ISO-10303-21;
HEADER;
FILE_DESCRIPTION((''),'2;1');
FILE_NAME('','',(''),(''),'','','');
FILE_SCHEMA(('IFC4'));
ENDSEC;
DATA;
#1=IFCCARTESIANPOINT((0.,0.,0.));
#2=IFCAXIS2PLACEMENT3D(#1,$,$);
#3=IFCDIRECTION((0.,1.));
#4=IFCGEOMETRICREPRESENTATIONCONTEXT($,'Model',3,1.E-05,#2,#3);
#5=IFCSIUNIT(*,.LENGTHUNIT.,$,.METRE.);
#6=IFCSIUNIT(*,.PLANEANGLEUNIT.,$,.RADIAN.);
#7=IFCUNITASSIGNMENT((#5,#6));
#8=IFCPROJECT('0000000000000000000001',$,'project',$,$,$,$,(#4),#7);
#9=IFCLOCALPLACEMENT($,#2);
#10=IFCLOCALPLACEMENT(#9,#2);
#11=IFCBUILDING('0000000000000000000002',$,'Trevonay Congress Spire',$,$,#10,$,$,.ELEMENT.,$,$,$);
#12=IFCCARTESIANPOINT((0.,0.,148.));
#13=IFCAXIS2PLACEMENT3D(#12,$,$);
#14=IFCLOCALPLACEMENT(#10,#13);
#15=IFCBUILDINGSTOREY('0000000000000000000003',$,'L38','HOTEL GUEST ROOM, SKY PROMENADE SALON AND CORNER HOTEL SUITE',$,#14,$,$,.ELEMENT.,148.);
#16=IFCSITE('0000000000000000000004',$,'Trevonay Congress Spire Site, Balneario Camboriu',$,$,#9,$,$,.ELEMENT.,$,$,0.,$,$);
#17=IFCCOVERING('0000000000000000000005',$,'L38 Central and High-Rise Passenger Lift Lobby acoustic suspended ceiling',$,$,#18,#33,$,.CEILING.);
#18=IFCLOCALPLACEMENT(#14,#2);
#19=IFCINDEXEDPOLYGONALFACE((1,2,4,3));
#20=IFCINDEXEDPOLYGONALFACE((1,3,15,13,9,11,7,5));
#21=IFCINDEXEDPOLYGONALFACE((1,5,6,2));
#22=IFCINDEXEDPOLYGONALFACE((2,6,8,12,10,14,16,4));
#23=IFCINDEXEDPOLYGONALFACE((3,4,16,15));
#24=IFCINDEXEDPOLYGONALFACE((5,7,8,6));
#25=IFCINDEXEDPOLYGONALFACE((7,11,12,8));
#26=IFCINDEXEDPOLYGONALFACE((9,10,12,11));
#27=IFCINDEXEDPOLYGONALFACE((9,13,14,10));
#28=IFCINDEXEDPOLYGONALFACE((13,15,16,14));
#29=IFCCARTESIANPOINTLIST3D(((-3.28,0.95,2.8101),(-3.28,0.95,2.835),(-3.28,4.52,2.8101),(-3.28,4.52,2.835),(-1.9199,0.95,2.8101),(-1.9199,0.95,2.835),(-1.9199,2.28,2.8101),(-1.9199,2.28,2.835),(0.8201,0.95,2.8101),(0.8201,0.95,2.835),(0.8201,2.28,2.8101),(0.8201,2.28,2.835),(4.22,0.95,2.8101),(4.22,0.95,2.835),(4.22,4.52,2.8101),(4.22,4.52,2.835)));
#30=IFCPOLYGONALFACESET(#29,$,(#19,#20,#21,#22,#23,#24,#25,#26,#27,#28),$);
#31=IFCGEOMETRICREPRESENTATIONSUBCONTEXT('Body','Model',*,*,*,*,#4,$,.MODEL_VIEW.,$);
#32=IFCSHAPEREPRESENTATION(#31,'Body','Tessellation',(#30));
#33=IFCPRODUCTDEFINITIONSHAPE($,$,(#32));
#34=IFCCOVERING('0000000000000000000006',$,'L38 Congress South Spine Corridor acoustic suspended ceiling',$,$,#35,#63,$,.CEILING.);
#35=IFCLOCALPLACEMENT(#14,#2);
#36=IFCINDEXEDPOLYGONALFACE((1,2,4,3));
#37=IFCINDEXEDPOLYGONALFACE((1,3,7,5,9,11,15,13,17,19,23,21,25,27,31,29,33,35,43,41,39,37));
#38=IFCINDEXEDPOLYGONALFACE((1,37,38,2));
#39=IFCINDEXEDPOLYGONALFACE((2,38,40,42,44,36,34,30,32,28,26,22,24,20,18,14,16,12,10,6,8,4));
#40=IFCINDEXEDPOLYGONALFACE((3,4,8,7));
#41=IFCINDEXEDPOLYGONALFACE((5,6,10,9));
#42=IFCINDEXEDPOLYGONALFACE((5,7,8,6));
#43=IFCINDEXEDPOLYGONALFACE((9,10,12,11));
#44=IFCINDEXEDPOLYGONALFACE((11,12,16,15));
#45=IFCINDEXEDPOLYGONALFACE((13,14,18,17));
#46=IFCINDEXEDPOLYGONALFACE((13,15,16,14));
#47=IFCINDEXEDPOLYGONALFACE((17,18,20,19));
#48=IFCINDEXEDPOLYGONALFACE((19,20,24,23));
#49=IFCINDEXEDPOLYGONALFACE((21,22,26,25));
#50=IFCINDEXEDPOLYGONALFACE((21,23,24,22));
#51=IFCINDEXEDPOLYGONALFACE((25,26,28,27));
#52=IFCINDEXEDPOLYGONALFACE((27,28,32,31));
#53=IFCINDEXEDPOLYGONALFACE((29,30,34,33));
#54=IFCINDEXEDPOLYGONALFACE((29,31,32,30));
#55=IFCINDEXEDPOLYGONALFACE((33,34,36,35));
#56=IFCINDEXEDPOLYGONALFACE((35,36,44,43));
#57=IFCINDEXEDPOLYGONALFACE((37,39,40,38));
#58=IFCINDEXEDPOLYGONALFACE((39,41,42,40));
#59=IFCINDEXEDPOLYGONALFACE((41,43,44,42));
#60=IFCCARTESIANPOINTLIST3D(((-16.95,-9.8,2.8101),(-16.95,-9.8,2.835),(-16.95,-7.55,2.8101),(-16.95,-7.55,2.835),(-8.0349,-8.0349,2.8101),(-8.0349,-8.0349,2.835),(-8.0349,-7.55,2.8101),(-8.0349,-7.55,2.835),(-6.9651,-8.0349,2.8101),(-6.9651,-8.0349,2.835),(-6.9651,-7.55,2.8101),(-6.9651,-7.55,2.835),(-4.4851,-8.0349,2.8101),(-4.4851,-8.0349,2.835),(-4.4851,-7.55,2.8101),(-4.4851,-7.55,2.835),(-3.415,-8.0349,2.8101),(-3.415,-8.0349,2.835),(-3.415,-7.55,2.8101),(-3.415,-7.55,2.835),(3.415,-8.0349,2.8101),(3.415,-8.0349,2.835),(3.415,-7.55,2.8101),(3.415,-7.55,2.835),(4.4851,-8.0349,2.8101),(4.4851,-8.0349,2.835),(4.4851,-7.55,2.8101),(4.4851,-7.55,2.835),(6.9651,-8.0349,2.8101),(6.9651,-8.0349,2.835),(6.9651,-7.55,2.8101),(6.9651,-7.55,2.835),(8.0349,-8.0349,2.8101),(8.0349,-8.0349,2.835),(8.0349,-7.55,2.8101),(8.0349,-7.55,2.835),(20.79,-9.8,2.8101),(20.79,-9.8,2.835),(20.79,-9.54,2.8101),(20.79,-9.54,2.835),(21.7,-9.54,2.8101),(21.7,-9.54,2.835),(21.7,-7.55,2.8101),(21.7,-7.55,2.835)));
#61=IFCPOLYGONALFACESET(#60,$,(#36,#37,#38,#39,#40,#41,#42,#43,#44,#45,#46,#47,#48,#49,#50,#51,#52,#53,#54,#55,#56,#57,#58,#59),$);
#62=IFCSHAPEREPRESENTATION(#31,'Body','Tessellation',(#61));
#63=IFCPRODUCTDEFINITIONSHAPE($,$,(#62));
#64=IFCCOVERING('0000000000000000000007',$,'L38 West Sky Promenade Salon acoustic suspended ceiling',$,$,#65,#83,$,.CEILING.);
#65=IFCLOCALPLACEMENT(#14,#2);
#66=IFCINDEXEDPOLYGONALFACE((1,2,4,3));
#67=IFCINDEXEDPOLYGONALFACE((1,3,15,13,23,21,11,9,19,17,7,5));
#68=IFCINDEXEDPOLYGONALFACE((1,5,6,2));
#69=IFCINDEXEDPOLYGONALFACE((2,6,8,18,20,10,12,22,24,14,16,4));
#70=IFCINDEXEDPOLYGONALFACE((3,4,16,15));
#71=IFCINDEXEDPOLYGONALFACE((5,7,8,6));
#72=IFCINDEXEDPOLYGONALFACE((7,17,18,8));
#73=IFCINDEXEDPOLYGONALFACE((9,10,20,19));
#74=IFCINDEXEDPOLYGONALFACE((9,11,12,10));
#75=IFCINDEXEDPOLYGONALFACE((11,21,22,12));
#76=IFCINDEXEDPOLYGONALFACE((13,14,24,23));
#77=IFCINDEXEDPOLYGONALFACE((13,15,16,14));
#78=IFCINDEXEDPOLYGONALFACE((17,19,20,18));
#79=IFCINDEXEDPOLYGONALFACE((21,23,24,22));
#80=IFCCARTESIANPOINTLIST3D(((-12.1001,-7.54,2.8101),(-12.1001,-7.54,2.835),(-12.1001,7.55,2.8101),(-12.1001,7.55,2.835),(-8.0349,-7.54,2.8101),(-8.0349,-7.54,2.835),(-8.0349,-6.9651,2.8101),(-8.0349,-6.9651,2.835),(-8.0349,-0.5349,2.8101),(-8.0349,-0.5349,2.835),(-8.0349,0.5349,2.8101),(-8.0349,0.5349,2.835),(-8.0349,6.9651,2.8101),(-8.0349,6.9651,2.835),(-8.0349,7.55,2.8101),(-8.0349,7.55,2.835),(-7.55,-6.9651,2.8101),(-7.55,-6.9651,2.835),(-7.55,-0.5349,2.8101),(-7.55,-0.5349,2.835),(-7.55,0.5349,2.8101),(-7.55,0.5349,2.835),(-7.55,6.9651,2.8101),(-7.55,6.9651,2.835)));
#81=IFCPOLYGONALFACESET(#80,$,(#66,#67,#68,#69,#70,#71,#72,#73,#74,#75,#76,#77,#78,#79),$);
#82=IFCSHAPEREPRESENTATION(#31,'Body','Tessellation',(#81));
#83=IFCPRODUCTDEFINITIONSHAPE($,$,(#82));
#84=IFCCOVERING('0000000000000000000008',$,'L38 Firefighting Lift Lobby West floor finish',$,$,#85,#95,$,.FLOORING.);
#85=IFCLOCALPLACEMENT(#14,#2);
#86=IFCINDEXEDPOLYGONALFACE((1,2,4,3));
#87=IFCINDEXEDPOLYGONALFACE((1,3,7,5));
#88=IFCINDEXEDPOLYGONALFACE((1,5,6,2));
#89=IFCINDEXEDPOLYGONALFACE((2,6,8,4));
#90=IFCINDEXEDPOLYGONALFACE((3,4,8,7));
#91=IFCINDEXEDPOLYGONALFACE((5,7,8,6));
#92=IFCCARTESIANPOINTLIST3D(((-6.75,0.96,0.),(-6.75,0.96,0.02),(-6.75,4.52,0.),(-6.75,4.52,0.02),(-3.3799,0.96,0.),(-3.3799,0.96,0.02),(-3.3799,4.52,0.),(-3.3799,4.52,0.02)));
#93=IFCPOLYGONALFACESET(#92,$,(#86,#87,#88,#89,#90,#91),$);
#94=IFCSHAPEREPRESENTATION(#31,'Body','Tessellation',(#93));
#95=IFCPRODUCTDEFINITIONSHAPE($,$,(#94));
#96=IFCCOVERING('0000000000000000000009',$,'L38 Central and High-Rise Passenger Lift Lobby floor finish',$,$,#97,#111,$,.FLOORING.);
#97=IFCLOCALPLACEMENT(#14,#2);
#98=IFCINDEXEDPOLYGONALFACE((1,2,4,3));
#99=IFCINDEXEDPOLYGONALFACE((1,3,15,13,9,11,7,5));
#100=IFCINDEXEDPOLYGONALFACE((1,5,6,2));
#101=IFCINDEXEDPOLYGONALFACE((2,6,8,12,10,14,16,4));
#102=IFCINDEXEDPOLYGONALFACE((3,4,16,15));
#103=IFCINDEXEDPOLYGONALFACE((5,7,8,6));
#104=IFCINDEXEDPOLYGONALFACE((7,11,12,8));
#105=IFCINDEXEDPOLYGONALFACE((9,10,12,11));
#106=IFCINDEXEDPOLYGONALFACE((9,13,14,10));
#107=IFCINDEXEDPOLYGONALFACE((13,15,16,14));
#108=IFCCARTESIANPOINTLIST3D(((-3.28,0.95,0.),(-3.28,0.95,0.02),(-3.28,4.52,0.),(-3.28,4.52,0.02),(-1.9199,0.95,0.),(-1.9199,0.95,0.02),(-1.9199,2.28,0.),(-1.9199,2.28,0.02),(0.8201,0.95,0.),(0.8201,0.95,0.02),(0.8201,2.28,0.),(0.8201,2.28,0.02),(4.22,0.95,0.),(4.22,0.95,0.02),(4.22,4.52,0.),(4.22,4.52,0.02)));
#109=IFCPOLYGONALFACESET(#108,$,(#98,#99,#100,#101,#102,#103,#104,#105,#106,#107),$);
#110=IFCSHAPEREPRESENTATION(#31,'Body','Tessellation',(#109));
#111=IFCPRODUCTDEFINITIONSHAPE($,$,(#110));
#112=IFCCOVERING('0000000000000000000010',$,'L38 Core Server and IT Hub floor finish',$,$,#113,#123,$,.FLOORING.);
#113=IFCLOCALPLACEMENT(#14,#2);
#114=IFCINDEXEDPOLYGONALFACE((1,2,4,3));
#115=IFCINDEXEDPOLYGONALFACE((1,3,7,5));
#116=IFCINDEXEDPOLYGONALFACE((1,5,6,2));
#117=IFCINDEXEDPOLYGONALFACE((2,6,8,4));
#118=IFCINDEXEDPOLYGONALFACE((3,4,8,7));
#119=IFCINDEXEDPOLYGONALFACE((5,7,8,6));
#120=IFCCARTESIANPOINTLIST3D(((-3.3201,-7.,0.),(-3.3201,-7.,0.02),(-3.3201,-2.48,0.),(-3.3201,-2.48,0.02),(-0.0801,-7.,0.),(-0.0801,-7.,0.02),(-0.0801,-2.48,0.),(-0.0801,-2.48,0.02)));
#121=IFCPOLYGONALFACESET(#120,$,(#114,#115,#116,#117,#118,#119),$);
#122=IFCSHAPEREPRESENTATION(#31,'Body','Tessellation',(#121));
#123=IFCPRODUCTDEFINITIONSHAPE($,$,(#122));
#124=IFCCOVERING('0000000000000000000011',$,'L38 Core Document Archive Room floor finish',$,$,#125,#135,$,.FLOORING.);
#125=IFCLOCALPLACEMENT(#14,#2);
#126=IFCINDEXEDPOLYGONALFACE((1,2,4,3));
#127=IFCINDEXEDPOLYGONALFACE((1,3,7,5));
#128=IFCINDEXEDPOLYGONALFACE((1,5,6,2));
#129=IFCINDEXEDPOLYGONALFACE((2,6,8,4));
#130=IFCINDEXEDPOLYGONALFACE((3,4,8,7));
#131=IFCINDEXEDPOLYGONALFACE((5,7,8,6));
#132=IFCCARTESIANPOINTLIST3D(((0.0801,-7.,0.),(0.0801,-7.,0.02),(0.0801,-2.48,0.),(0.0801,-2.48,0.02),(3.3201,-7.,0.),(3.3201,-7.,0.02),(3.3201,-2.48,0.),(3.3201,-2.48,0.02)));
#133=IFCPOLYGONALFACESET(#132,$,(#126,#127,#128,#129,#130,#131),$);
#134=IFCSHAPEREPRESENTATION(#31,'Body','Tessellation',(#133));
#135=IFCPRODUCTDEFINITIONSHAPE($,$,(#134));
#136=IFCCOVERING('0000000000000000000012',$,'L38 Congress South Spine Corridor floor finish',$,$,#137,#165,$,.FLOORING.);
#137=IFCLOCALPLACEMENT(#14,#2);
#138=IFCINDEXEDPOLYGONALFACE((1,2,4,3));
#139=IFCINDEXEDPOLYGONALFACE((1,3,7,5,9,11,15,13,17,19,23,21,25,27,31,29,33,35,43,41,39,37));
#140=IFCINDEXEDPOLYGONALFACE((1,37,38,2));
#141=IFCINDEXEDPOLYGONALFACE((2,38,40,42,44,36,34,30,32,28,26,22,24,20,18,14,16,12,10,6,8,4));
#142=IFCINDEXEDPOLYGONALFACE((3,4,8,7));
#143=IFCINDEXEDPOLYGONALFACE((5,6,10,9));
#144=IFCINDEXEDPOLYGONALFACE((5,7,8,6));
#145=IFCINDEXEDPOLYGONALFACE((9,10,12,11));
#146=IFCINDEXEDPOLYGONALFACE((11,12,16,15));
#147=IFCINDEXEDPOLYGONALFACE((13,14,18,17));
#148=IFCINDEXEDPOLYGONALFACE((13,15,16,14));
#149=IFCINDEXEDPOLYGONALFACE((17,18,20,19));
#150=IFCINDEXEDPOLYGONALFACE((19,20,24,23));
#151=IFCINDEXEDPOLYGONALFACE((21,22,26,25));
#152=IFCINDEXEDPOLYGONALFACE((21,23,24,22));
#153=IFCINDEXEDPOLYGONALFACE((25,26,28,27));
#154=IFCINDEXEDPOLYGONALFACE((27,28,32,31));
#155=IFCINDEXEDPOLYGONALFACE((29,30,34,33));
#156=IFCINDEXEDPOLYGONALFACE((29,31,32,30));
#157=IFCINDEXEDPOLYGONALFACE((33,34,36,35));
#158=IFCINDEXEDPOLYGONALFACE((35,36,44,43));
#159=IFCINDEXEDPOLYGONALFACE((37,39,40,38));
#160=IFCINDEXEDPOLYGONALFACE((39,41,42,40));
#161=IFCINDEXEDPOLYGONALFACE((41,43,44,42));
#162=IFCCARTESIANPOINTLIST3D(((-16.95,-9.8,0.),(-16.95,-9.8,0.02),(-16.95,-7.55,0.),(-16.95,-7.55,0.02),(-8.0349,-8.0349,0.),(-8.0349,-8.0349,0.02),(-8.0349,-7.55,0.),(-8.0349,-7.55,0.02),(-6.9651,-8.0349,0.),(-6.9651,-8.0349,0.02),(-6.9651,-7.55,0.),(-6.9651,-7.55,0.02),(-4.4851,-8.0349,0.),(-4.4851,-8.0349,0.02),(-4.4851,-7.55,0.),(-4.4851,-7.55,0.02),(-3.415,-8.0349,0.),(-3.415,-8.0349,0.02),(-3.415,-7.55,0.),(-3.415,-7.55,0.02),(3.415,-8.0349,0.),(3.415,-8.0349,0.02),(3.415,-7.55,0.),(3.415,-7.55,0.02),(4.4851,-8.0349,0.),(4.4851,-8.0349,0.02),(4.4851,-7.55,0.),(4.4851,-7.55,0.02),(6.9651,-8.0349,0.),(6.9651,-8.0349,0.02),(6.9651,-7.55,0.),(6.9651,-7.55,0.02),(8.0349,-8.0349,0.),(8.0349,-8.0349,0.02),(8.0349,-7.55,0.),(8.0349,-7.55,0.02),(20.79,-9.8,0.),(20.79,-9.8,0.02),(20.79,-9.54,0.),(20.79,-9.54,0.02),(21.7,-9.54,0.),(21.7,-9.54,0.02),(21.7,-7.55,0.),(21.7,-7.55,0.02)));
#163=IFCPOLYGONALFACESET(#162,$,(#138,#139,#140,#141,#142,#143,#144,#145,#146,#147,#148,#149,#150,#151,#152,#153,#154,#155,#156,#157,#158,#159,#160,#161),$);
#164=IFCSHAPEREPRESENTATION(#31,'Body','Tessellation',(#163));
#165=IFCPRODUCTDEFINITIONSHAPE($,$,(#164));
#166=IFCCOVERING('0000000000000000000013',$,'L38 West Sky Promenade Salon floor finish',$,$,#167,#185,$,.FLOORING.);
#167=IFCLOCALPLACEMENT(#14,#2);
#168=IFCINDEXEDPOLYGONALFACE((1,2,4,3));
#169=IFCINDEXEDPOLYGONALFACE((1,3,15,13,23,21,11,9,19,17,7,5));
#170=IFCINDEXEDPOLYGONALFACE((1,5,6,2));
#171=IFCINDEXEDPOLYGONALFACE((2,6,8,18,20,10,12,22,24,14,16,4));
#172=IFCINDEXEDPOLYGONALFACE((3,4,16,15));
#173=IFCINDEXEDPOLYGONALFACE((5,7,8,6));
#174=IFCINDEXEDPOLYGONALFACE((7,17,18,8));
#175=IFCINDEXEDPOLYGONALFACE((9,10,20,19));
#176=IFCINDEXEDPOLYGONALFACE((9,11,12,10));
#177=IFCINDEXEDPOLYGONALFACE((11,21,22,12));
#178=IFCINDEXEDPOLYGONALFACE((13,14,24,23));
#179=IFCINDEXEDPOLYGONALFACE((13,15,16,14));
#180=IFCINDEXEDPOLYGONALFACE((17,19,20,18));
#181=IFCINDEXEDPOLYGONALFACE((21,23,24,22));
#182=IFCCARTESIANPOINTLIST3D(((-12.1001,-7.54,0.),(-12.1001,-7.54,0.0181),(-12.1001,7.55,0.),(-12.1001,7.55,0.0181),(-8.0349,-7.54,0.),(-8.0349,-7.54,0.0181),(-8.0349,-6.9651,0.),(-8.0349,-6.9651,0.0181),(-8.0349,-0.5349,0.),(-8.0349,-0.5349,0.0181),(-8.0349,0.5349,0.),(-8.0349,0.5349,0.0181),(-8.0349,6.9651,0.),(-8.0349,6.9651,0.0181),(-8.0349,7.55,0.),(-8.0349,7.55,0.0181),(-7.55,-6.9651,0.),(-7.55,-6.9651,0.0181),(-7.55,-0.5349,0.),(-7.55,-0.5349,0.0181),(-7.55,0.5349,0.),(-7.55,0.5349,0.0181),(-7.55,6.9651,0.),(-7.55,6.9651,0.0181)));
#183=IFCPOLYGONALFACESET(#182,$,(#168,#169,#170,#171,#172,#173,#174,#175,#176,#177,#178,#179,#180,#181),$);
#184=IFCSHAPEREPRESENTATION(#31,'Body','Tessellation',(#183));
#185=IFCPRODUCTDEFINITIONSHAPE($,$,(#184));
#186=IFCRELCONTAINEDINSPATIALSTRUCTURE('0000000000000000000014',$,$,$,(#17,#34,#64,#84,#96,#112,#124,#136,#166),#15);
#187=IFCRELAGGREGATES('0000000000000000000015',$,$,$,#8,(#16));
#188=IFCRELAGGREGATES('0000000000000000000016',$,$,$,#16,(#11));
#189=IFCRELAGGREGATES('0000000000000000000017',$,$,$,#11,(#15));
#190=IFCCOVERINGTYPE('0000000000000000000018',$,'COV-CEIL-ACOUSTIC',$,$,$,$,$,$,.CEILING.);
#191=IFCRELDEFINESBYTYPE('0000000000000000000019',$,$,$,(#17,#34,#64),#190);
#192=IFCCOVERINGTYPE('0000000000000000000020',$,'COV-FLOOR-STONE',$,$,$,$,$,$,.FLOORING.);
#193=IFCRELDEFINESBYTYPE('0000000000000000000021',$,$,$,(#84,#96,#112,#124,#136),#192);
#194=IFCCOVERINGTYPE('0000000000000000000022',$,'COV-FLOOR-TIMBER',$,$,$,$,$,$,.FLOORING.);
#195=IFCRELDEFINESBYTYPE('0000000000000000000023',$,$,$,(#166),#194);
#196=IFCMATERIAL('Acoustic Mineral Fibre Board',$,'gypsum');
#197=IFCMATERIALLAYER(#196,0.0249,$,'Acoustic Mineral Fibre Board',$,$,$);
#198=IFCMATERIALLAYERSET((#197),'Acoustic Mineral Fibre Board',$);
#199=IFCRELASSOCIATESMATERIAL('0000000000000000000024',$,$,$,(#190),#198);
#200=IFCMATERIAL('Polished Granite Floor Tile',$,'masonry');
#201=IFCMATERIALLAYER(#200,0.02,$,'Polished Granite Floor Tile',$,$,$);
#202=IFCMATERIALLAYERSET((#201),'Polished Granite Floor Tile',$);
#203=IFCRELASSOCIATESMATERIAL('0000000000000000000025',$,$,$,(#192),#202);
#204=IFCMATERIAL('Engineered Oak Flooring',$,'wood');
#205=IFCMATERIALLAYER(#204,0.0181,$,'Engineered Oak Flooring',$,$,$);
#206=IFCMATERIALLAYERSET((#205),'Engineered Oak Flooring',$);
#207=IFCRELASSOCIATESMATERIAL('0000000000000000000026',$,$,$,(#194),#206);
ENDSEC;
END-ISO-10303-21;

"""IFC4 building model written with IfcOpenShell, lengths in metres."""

from ifc_helpers import new_model, si_unit, direction, frame, origin, place, context, subcontext, project, spatial, polyline, outline, extrude, material, layer, layer_set, type_object, element, save


model = new_model("IFC4")

# Units and contexts
model_context = context("Model", 3, precision=1e-05, world=origin(), true_north=direction((0.0, 1.0)))
body_context = subcontext(model_context, "Body", "Model", "MODEL_VIEW")
ifc_project = project(units=[si_unit("LENGTHUNIT", "METRE"), si_unit("PLANEANGLEUNIT", "RADIAN")], contexts=[model_context])

# Site, building, storey
site_placement = place(None, origin())
site = spatial("IfcSite", under=ifc_project, at=site_placement, Name="Trevonay Congress Spire Site, Balneario Camboriu", CompositionType="ELEMENT", RefElevation=0.0)
building_placement = place(site_placement, origin())
building = spatial("IfcBuilding", under=site, at=building_placement, Name="Trevonay Congress Spire", CompositionType="ELEMENT")
storey_placement = place(building_placement, frame((0.0, 0.0, 148.0)))
storey = spatial("IfcBuildingStorey", under=building, at=storey_placement, Name="L38", Description="HOTEL GUEST ROOM, SKY PROMENADE SALON AND CORNER HOTEL SUITE", CompositionType="ELEMENT", Elevation=148.0)

# Coverings
ifc_material_1 = material(Name="Acoustic Mineral Fibre Board", Category="gypsum")
ifc_layer_1 = layer(ifc_material_1, 0.0249, Name="Acoustic Mineral Fibre Board")
ifc_layer_set_1 = layer_set([ifc_layer_1], Name="Acoustic Mineral Fibre Board")
covering_type_1 = type_object("IfcCoveringType", Name="COV-CEIL-ACOUSTIC", PredefinedType="CEILING", material=ifc_layer_set_1)
covering_1_placement = place(storey_placement, frame((0.0, 0.0, 2.8101)))
element("IfcCovering", 1, at=covering_1_placement, inside=storey, type_object=covering_type_1, Name="L38 Central and High-Rise Passenger Lift Lobby acoustic suspended ceiling", PredefinedType="CEILING", context=body_context, shape_type="SweptSolid", body=[
    extrude(outline(polyline([(-3.28, 0.95), (-1.9199, 0.95), (-1.9199, 2.28), (0.8201, 2.28), (0.8201, 0.95), (4.22, 0.95), (4.22, 4.52), (-3.28, 4.52), (-3.28, 0.95)])), origin(), (0.0, 0.0, 1.0), 0.0249),
])
covering_2_placement = place(storey_placement, frame((0.0, 0.0, 2.8101)))
element("IfcCovering", 2, at=covering_2_placement, inside=storey, type_object=covering_type_1, Name="L38 Congress South Spine Corridor acoustic suspended ceiling", PredefinedType="CEILING", context=body_context, shape_type="SweptSolid", body=[
    extrude(outline(polyline([(-16.95, -9.8), (-16.95, -7.55), (-8.0349, -7.55), (-8.0349, -8.0349), (-6.9651, -8.0349), (-6.9651, -7.55), (-4.4851, -7.55), (-4.4851, -8.0349), (-3.415, -8.0349), (-3.415, -7.55), (3.415, -7.55), (3.415, -8.0349), (4.4851, -8.0349), (4.4851, -7.55), (6.9651, -7.55), (6.9651, -8.0349), (8.0349, -8.0349), (8.0349, -7.55), (21.7, -7.55), (21.7, -9.54), (20.79, -9.54), (20.79, -9.8), (-16.95, -9.8)])), origin(), (0.0, 0.0, 1.0), 0.0249),
])
covering_3_placement = place(storey_placement, frame((0.0, 0.0, 2.8101)))
element("IfcCovering", 3, at=covering_3_placement, inside=storey, type_object=covering_type_1, Name="L38 West Sky Promenade Salon acoustic suspended ceiling", PredefinedType="CEILING", context=body_context, shape_type="SweptSolid", body=[
    extrude(outline(polyline([(-12.1001, 7.55), (-8.0349, 7.55), (-8.0349, 6.9651), (-7.55, 6.9651), (-7.55, 0.5349), (-8.0349, 0.5349), (-8.0349, -0.5349), (-7.55, -0.5349), (-7.55, -6.9651), (-8.0349, -6.9651), (-8.0349, -7.54), (-12.1001, -7.54), (-12.1001, 7.55)])), origin(), (0.0, 0.0, 1.0), 0.0249),
])
ifc_material_2 = material(Name="Polished Granite Floor Tile", Category="masonry")
ifc_layer_2 = layer(ifc_material_2, 0.02, Name="Polished Granite Floor Tile")
ifc_layer_set_2 = layer_set([ifc_layer_2], Name="Polished Granite Floor Tile")
covering_type_2 = type_object("IfcCoveringType", Name="COV-FLOOR-STONE", PredefinedType="FLOORING", material=ifc_layer_set_2)
covering_4_placement = place(storey_placement, origin())
element("IfcCovering", 4, at=covering_4_placement, inside=storey, type_object=covering_type_2, Name="L38 Firefighting Lift Lobby West floor finish", PredefinedType="FLOORING", context=body_context, shape_type="SweptSolid", body=[
    extrude(outline(polyline([(-6.75, 0.96), (-3.3799, 0.96), (-3.3799, 4.52), (-6.75, 4.52), (-6.75, 0.96)])), origin(), (0.0, 0.0, 1.0), 0.02),
])
covering_5_placement = place(storey_placement, origin())
element("IfcCovering", 5, at=covering_5_placement, inside=storey, type_object=covering_type_2, Name="L38 Central and High-Rise Passenger Lift Lobby floor finish", PredefinedType="FLOORING", context=body_context, shape_type="SweptSolid", body=[
    extrude(outline(polyline([(-3.28, 0.95), (-1.9199, 0.95), (-1.9199, 2.28), (0.8201, 2.28), (0.8201, 0.95), (4.22, 0.95), (4.22, 4.52), (-3.28, 4.52), (-3.28, 0.95)])), origin(), (0.0, 0.0, 1.0), 0.02),
])
covering_6_placement = place(storey_placement, origin())
element("IfcCovering", 6, at=covering_6_placement, inside=storey, type_object=covering_type_2, Name="L38 Core Server and IT Hub floor finish", PredefinedType="FLOORING", context=body_context, shape_type="SweptSolid", body=[
    extrude(outline(polyline([(-3.3201, -7.0), (-0.0801, -7.0), (-0.0801, -2.48), (-3.3201, -2.48), (-3.3201, -7.0)])), origin(), (0.0, 0.0, 1.0), 0.02),
])
covering_7_placement = place(storey_placement, origin())
element("IfcCovering", 7, at=covering_7_placement, inside=storey, type_object=covering_type_2, Name="L38 Core Document Archive Room floor finish", PredefinedType="FLOORING", context=body_context, shape_type="SweptSolid", body=[
    extrude(outline(polyline([(0.0801, -7.0), (3.3201, -7.0), (3.3201, -2.48), (0.0801, -2.48), (0.0801, -7.0)])), origin(), (0.0, 0.0, 1.0), 0.02),
])
covering_8_placement = place(storey_placement, origin())
element("IfcCovering", 8, at=covering_8_placement, inside=storey, type_object=covering_type_2, Name="L38 Congress South Spine Corridor floor finish", PredefinedType="FLOORING", context=body_context, shape_type="SweptSolid", body=[
    extrude(outline(polyline([(-16.95, -9.8), (-16.95, -7.55), (-8.0349, -7.55), (-8.0349, -8.0349), (-6.9651, -8.0349), (-6.9651, -7.55), (-4.4851, -7.55), (-4.4851, -8.0349), (-3.415, -8.0349), (-3.415, -7.55), (3.415, -7.55), (3.415, -8.0349), (4.4851, -8.0349), (4.4851, -7.55), (6.9651, -7.55), (6.9651, -8.0349), (8.0349, -8.0349), (8.0349, -7.55), (21.7, -7.55), (21.7, -9.54), (20.79, -9.54), (20.79, -9.8), (-16.95, -9.8)])), origin(), (0.0, 0.0, 1.0), 0.02),
])
ifc_material_3 = material(Name="Engineered Oak Flooring", Category="wood")
ifc_layer_3 = layer(ifc_material_3, 0.0181, Name="Engineered Oak Flooring")
ifc_layer_set_3 = layer_set([ifc_layer_3], Name="Engineered Oak Flooring")
covering_type_3 = type_object("IfcCoveringType", Name="COV-FLOOR-TIMBER", PredefinedType="FLOORING", material=ifc_layer_set_3)
covering_9_placement = place(storey_placement, origin())
element("IfcCovering", 9, at=covering_9_placement, inside=storey, type_object=covering_type_3, Name="L38 West Sky Promenade Salon floor finish", PredefinedType="FLOORING", context=body_context, shape_type="SweptSolid", body=[
    extrude(outline(polyline([(-12.1001, 7.55), (-8.0349, 7.55), (-8.0349, 6.9651), (-7.55, 6.9651), (-7.55, 0.5349), (-8.0349, 0.5349), (-8.0349, -0.5349), (-7.55, -0.5349), (-7.55, -6.9651), (-8.0349, -6.9651), (-8.0349, -7.54), (-12.1001, -7.54), (-12.1001, 7.55)])), origin(), (0.0, 0.0, 1.0), 0.0181),
])

save(model, "model.ifc")
